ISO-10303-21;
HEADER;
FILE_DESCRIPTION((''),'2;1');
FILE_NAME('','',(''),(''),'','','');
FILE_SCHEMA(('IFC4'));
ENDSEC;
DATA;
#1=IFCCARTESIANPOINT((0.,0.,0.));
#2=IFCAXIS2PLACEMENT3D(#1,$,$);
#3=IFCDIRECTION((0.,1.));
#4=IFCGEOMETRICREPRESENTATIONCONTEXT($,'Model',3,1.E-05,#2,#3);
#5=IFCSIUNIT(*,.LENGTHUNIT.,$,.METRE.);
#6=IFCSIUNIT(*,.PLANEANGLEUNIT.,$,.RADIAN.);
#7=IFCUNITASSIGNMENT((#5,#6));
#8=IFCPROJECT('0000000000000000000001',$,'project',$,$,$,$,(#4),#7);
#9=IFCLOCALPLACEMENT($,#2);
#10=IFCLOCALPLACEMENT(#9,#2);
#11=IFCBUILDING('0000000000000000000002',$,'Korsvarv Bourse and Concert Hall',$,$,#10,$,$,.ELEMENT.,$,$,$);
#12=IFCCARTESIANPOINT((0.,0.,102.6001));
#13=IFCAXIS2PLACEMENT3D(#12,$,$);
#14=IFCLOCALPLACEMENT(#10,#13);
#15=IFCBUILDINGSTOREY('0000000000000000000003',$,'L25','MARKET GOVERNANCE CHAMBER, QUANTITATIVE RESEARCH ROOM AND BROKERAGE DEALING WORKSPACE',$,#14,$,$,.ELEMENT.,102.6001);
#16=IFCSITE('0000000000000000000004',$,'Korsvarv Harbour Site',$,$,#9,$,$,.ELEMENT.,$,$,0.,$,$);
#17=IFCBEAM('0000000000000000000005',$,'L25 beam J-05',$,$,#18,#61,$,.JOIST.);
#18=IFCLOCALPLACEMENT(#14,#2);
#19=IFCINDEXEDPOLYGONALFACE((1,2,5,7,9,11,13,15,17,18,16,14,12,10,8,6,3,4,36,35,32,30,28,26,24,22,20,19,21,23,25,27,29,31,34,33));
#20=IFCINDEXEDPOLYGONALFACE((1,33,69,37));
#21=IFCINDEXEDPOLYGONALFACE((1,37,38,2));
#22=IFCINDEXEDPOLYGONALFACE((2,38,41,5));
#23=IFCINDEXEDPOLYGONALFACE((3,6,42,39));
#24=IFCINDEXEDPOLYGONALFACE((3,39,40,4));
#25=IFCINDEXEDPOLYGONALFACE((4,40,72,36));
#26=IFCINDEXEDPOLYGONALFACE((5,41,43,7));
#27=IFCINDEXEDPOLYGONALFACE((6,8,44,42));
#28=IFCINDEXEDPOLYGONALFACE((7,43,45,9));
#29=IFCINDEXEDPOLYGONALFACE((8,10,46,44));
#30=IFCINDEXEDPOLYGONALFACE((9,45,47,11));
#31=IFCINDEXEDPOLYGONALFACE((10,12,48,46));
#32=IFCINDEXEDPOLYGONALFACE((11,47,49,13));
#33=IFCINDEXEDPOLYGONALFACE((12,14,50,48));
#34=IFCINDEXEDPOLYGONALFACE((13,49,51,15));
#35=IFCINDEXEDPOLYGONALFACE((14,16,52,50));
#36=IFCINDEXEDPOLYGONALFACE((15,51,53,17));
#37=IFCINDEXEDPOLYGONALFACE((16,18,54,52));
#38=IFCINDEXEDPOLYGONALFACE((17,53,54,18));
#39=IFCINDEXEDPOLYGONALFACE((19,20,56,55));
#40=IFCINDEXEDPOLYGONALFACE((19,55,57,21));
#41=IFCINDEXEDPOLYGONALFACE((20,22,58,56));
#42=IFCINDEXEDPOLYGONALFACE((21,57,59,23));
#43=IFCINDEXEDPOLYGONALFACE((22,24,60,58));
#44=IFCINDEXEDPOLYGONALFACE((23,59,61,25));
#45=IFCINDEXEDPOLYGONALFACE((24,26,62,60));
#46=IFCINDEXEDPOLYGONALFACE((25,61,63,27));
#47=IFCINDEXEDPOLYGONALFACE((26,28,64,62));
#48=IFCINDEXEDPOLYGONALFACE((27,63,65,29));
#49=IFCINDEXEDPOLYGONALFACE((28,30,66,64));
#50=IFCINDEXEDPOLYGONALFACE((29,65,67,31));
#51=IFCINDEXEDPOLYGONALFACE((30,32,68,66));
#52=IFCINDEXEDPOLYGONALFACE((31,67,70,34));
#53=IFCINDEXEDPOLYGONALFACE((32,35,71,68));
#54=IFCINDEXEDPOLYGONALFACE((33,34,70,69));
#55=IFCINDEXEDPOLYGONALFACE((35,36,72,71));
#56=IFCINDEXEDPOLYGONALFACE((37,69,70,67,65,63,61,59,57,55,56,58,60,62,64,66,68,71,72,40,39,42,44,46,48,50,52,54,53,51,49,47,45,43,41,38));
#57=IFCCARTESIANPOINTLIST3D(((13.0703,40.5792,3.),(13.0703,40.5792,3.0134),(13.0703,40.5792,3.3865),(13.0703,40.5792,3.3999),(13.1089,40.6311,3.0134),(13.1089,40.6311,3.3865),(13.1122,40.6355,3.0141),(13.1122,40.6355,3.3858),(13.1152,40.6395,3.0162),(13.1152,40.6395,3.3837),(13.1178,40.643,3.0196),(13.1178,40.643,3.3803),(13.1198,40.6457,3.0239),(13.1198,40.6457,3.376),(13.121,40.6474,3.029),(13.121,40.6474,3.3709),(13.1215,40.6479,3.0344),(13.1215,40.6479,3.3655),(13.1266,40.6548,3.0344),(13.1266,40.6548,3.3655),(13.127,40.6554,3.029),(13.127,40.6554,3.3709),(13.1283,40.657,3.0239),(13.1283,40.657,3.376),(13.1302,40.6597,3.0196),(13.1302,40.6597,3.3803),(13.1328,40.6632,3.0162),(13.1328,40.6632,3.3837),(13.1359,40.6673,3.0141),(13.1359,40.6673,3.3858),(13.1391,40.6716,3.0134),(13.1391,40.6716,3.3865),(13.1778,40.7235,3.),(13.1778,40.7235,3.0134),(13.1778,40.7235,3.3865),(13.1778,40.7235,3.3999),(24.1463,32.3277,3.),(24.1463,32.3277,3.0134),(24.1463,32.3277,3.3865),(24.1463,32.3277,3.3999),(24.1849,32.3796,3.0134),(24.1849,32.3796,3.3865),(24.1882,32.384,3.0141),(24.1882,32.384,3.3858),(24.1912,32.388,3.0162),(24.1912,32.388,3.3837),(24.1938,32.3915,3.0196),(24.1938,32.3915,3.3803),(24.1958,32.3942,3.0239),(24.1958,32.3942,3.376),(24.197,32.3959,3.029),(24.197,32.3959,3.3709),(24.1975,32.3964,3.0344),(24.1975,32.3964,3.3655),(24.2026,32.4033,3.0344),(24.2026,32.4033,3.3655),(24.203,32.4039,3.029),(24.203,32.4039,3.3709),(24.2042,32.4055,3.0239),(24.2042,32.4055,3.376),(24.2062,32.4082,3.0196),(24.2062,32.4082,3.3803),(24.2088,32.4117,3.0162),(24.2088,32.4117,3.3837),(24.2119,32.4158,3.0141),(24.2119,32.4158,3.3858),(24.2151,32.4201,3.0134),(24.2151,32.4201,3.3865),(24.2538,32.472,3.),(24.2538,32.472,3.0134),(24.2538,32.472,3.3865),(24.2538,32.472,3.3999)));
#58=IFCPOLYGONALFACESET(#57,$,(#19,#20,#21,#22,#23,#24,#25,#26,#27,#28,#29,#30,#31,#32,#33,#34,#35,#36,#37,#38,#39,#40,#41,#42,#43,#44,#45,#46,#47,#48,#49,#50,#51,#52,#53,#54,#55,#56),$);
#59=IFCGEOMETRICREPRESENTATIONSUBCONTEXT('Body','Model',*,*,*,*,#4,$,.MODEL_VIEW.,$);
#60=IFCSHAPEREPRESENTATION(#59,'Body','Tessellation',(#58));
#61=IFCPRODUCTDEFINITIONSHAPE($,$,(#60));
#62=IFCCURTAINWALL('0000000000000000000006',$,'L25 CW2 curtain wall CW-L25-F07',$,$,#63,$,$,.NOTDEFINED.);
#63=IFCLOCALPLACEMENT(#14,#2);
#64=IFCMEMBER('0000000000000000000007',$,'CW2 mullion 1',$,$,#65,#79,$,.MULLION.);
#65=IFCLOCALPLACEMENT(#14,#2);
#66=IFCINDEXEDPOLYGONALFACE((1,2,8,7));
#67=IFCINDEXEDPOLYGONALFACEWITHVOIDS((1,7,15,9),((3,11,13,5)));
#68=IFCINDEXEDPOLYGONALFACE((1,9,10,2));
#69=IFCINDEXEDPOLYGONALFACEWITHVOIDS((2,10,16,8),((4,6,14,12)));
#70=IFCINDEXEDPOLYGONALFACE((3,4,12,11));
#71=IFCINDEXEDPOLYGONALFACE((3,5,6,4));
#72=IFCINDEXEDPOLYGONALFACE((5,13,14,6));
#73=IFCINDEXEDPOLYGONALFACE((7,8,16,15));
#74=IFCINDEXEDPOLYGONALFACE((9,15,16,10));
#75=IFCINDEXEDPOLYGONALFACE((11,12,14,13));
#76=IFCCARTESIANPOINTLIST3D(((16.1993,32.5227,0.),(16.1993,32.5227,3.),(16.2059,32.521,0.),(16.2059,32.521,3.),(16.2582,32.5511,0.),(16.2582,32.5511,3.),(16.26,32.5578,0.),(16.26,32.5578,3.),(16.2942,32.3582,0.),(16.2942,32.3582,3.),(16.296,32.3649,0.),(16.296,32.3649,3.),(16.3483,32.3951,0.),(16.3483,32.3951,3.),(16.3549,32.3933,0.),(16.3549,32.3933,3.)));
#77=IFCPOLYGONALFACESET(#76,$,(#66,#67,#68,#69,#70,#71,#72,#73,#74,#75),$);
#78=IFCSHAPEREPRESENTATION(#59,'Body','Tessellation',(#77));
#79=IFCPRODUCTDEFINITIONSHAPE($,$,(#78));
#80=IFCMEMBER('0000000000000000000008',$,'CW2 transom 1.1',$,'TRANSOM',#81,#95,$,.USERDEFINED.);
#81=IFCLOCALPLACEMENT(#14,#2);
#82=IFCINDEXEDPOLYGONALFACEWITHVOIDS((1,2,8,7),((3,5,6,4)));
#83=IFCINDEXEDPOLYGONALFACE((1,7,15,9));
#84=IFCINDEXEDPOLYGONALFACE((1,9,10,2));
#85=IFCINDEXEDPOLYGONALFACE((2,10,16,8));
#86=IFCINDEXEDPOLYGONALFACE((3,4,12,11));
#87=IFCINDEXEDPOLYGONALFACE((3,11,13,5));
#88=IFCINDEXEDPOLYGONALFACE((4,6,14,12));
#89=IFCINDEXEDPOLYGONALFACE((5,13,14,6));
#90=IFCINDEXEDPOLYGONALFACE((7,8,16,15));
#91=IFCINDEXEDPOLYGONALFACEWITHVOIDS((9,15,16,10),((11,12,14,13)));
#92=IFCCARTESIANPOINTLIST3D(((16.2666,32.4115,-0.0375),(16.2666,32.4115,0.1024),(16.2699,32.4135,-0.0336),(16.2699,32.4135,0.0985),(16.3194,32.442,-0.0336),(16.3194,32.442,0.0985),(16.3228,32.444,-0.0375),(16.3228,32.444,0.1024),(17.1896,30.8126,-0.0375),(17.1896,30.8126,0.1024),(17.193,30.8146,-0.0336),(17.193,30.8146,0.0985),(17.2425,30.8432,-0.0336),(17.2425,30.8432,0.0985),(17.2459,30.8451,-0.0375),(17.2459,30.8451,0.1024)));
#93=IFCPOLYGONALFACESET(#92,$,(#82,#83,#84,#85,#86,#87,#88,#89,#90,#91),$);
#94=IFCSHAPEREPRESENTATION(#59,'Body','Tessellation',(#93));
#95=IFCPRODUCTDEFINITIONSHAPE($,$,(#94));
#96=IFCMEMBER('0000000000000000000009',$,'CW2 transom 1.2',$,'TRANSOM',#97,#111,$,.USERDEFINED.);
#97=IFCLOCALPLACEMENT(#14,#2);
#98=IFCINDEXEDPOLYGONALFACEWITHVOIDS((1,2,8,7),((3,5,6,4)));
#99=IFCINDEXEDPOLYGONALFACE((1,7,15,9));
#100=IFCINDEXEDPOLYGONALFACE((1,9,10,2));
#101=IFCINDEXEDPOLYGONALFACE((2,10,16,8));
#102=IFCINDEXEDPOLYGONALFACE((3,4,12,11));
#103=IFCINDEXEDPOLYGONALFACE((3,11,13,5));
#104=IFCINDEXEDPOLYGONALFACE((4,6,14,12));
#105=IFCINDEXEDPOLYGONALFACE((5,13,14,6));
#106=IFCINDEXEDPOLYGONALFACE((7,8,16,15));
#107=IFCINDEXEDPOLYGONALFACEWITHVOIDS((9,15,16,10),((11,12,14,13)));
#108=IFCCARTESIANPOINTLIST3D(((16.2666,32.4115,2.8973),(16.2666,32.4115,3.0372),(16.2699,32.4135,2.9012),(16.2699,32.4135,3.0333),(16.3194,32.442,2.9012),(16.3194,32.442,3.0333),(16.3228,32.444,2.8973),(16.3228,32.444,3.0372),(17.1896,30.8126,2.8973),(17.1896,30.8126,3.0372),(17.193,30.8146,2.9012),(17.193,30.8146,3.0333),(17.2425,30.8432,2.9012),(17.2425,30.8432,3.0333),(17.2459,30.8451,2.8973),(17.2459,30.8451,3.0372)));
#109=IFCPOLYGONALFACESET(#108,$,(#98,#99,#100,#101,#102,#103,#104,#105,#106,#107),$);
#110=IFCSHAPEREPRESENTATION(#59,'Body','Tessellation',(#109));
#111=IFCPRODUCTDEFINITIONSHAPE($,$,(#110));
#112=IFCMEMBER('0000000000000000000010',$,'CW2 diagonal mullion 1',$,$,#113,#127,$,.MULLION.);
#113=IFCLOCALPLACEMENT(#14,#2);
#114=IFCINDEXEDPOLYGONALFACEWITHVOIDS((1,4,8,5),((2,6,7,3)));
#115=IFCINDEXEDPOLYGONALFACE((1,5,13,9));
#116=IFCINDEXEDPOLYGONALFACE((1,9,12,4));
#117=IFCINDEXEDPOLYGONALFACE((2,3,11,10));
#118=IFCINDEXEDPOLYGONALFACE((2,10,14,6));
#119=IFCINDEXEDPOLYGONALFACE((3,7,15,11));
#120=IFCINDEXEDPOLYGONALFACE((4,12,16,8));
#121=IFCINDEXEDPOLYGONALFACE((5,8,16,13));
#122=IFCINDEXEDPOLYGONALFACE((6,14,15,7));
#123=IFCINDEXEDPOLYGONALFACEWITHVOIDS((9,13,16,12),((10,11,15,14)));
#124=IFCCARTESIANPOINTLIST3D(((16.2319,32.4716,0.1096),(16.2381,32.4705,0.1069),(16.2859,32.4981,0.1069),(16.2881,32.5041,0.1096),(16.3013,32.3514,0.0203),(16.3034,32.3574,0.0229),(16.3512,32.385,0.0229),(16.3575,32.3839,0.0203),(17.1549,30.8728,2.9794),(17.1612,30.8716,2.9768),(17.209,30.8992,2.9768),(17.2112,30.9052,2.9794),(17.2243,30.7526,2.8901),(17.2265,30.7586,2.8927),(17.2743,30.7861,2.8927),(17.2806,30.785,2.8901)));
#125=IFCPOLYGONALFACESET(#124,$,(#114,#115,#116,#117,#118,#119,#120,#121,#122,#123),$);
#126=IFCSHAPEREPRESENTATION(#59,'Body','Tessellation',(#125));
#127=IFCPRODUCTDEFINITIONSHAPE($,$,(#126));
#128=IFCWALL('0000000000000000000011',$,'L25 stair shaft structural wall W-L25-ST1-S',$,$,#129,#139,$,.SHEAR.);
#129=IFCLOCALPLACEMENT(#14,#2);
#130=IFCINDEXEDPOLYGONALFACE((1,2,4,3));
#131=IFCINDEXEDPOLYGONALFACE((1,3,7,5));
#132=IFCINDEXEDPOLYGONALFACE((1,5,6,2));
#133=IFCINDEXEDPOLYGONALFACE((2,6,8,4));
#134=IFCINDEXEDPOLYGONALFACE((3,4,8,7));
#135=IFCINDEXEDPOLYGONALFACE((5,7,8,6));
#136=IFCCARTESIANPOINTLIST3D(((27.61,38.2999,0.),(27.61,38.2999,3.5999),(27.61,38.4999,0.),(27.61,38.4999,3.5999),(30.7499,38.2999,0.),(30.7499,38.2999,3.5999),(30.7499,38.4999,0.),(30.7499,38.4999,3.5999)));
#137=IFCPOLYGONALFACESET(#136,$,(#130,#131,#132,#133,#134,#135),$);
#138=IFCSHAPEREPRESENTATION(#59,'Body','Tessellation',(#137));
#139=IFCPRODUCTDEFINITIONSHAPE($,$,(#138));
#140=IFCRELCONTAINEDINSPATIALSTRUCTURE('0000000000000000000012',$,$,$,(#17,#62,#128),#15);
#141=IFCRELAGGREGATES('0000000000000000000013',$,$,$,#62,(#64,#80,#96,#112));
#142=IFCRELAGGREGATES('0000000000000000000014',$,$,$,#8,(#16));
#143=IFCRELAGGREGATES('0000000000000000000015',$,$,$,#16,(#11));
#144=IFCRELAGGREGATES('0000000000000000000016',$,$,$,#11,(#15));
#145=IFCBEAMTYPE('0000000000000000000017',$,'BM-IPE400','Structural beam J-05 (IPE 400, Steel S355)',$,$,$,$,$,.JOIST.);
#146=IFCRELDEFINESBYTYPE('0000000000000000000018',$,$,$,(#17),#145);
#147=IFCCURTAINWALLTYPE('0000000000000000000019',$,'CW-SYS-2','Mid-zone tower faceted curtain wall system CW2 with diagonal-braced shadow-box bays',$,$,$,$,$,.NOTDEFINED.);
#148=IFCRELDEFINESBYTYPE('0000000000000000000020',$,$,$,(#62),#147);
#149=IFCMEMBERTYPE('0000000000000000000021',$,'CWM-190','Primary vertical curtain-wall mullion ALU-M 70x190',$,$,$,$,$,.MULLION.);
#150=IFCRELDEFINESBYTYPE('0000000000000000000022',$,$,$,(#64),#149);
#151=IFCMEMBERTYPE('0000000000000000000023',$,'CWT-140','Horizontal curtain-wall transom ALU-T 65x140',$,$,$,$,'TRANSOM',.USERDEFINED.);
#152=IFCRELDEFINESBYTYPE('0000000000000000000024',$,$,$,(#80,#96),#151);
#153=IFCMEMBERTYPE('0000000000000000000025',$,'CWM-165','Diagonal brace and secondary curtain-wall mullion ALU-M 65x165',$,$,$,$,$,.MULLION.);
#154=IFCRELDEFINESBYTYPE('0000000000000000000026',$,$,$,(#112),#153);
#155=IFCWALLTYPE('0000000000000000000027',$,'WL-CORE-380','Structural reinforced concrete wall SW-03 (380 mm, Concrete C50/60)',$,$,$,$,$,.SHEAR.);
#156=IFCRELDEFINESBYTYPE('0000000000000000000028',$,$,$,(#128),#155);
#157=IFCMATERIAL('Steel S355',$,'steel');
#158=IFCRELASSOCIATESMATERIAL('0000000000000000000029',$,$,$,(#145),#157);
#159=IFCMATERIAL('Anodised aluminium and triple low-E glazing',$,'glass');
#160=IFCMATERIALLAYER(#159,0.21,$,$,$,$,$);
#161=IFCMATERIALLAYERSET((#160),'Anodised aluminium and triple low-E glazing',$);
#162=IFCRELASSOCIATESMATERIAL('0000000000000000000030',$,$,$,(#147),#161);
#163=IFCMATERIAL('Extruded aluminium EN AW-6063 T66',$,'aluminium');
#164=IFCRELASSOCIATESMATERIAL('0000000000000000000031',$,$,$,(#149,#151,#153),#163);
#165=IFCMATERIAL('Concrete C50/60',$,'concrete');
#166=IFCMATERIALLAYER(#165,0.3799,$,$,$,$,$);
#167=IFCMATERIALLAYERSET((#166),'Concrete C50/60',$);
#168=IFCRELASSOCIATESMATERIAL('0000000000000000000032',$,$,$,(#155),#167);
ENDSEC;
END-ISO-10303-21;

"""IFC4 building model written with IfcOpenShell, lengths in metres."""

from ifc_helpers import new_model, si_unit, direction, frame, frame_2d, origin, origin_2d, place, context, subcontext, project, spatial, rectangle, hollow_rectangle, i_section, extrude, source, transform, mapped, material, layer, layer_set, material_profile, profile_set, type_object, element, aggregate, save


model = new_model("IFC4")

# Units and contexts
model_context = context("Model", 3, precision=1e-05, world=origin(), true_north=direction((0.0, 1.0)))
body_context = subcontext(model_context, "Body", "Model", "MODEL_VIEW")
ifc_project = project(units=[si_unit("LENGTHUNIT", "METRE"), si_unit("PLANEANGLEUNIT", "RADIAN")], contexts=[model_context])

# Site, building, storey
site_placement = place(None, origin())
site = spatial("IfcSite", under=ifc_project, at=site_placement, Name="Korsvarv Harbour Site", CompositionType="ELEMENT", RefElevation=0.0)
building_placement = place(site_placement, origin())
building = spatial("IfcBuilding", under=site, at=building_placement, Name="Korsvarv Bourse and Concert Hall", CompositionType="ELEMENT")
storey_placement = place(building_placement, frame((0.0, 0.0, 102.6001)))
storey = spatial("IfcBuildingStorey", under=building, at=storey_placement, Name="L25", Description="MARKET GOVERNANCE CHAMBER, QUANTITATIVE RESEARCH ROOM AND BROKERAGE DEALING WORKSPACE", CompositionType="ELEMENT", Elevation=102.6001)

# Beam
ifc_material_1 = material(Name="Steel S355", Category="steel")
ifc_material_profile_1 = material_profile(ifc_material_1, i_section(OverallWidth=0.1799, OverallDepth=0.3999, WebThickness=0.0085, FlangeThickness=0.0134, FilletRadius=0.021, at=origin_2d()), Name="IPE 400")
ifc_profile_set_1 = profile_set([ifc_material_profile_1], Name="Steel S355")
beam_type_1 = type_object("IfcBeamType", Name="BM-IPE400", Description="Structural beam J-05 (IPE 400, Steel S355)", PredefinedType="JOIST", material=ifc_profile_set_1)
shared_shape_1 = source(origin(), body_context, "Body", "SweptSolid", [
    extrude(i_section(OverallWidth=0.1799, OverallDepth=0.3999, WebThickness=0.0085, FlangeThickness=0.0134, FilletRadius=0.021, at=origin_2d()), origin(), (0.0, 0.0, 1.0), 13.8118),
])
beam_1_placement = place(storey_placement, frame((13.124, 40.6514, 3.2), z_axis=(0.801924, -0.597426, 0.0), x_axis=(0.597426, 0.801924, 0.0)))
element("IfcBeam", 1, at=beam_1_placement, inside=storey, type_object=beam_type_1, Name="L25 beam J-05", PredefinedType="JOIST", context=body_context, shape_type="MappedRepresentation", body=[
    mapped(shared_shape_1, transform((0.0, 0.0, 0.0), scale=1.0)),
])

# Curtain wall, members
ifc_material_2 = material(Name="Anodised aluminium and triple low-E glazing", Category="glass")
ifc_layer_1 = layer(ifc_material_2, 0.21)
ifc_layer_set_1 = layer_set([ifc_layer_1], Name="Anodised aluminium and triple low-E glazing")
curtain_wall_type = type_object("IfcCurtainWallType", Name="CW-SYS-2", Description="Mid-zone tower faceted curtain wall system CW2 with diagonal-braced shadow-box bays", PredefinedType="NOTDEFINED", material=ifc_layer_set_1)
curtain_wall_placement = place(storey_placement, origin())
curtain_wall = element("IfcCurtainWall", 2, at=curtain_wall_placement, inside=storey, type_object=curtain_wall_type, Name="L25 CW2 curtain wall CW-L25-F07", PredefinedType="NOTDEFINED")
ifc_material_3 = material(Name="Extruded aluminium EN AW-6063 T66", Category="aluminium")
ifc_material_profile_2 = material_profile(ifc_material_3, hollow_rectangle(XDim=0.0701, YDim=0.1899, WallThickness=0.0049, at=origin_2d()), Name="ALU-M 70x190")
ifc_profile_set_2 = profile_set([ifc_material_profile_2], Name="Extruded aluminium EN AW-6063 T66")
member_type_1 = type_object("IfcMemberType", Name="CWM-190", Description="Primary vertical curtain-wall mullion ALU-M 70x190", PredefinedType="MULLION", material=ifc_profile_set_2)
shared_shape_2 = source(origin(), body_context, "Body", "SweptSolid", [
    extrude(hollow_rectangle(XDim=0.0701, YDim=0.1899, WallThickness=0.0049, at=origin_2d()), origin(), (0.0, 0.0, 1.0), 3.0),
])
member_1_placement = place(storey_placement, frame((16.2771, 32.458, 0.0), z_axis=(0.0, 0.0, 1.0), x_axis=(0.866024, 0.500002, 0.0)))
member_1 = element("IfcMember", 3, at=member_1_placement, type_object=member_type_1, Name="CW2 mullion 1", PredefinedType="MULLION", context=body_context, shape_type="MappedRepresentation", body=[
    mapped(shared_shape_2, transform((0.0, 0.0, 0.0), scale=1.0)),
])
ifc_material_profile_3 = material_profile(ifc_material_3, hollow_rectangle(XDim=0.0649, YDim=0.1399, WallThickness=0.0039, at=origin_2d()), Name="ALU-T 65x140")
ifc_profile_set_3 = profile_set([ifc_material_profile_3], Name="Extruded aluminium EN AW-6063 T66")
member_type_2 = type_object("IfcMemberType", Name="CWT-140", Description="Horizontal curtain-wall transom ALU-T 65x140", ElementType="TRANSOM", PredefinedType="USERDEFINED", material=ifc_profile_set_3)
shared_shape_3 = source(origin(), body_context, "Body", "SweptSolid", [
    extrude(hollow_rectangle(XDim=0.0649, YDim=0.1399, WallThickness=0.0039, at=origin_2d()), origin(), (0.0, 0.0, 1.0), 1.8462),
])
member_2_placement = place(storey_placement, frame((16.2947, 32.4277, 0.0325), z_axis=(0.499993, -0.866029, 0.0), x_axis=(0.866029, 0.499993, 0.0)))
member_2 = element("IfcMember", 4, at=member_2_placement, type_object=member_type_2, Name="CW2 transom 1.1", ObjectType="TRANSOM", PredefinedType="USERDEFINED", context=body_context, shape_type="MappedRepresentation", body=[
    mapped(shared_shape_3, transform((0.0, 0.0, 0.0), scale=1.0)),
])
member_3_placement = place(storey_placement, frame((16.2947, 32.4277, 2.9673), z_axis=(0.499993, -0.866029, 0.0), x_axis=(0.866029, 0.499993, 0.0)))
member_3 = element("IfcMember", 5, at=member_3_placement, type_object=member_type_2, Name="CW2 transom 1.2", ObjectType="TRANSOM", PredefinedType="USERDEFINED", context=body_context, shape_type="MappedRepresentation", body=[
    mapped(shared_shape_3, transform((0.0, 0.0, 0.0), scale=1.0)),
])
ifc_material_profile_4 = material_profile(ifc_material_3, hollow_rectangle(XDim=0.0649, YDim=0.165, WallThickness=0.0049, at=origin_2d()), Name="ALU-M 65x165")
ifc_profile_set_4 = profile_set([ifc_material_profile_4], Name="Extruded aluminium EN AW-6063 T66")
member_type_3 = type_object("IfcMemberType", Name="CWM-165", Description="Diagonal brace and secondary curtain-wall mullion ALU-M 65x165", PredefinedType="MULLION", material=ifc_profile_set_4)
shared_shape_4 = source(origin(), body_context, "Body", "SweptSolid", [
    extrude(hollow_rectangle(XDim=0.0649, YDim=0.165, WallThickness=0.0049, at=origin_2d()), origin(), (0.0, 0.0, 1.0), 3.4124),
])
member_4_placement = place(storey_placement, frame((16.2947, 32.4277, 0.0649), z_axis=(0.27051, -0.468545, 0.841005), x_axis=(0.866029, 0.499993, 0.0)))
member_4 = element("IfcMember", 6, at=member_4_placement, type_object=member_type_3, Name="CW2 diagonal mullion 1", PredefinedType="MULLION", context=body_context, shape_type="MappedRepresentation", body=[
    mapped(shared_shape_4, transform((0.0, 0.0, 0.0), scale=1.0)),
])
aggregate(curtain_wall, [member_1, member_2, member_3, member_4])

# Wall
ifc_material_4 = material(Name="Concrete C50/60", Category="concrete")
ifc_layer_2 = layer(ifc_material_4, 0.3799)
ifc_layer_set_2 = layer_set([ifc_layer_2], Name="Concrete C50/60")
wall_type_1 = type_object("IfcWallType", Name="WL-CORE-380", Description="Structural reinforced concrete wall SW-03 (380 mm, Concrete C50/60)", PredefinedType="SHEAR", material=ifc_layer_set_2)
wall_1_placement = place(storey_placement, frame((27.6101, 38.3999, 0.0), z_axis=(0.0, 0.0, 1.0), x_axis=(1.0, 0.0, 0.0)))
element("IfcWall", 7, at=wall_1_placement, inside=storey, type_object=wall_type_1, Name="L25 stair shaft structural wall W-L25-ST1-S", PredefinedType="SHEAR", context=body_context, shape_type="SweptSolid", body=[
    extrude(rectangle(XDim=3.1399, YDim=0.2, at=frame_2d((1.5698, 0.0))), origin(), (0.0, 0.0, 1.0), 3.5999),
])

save(model, "model.ifc")
